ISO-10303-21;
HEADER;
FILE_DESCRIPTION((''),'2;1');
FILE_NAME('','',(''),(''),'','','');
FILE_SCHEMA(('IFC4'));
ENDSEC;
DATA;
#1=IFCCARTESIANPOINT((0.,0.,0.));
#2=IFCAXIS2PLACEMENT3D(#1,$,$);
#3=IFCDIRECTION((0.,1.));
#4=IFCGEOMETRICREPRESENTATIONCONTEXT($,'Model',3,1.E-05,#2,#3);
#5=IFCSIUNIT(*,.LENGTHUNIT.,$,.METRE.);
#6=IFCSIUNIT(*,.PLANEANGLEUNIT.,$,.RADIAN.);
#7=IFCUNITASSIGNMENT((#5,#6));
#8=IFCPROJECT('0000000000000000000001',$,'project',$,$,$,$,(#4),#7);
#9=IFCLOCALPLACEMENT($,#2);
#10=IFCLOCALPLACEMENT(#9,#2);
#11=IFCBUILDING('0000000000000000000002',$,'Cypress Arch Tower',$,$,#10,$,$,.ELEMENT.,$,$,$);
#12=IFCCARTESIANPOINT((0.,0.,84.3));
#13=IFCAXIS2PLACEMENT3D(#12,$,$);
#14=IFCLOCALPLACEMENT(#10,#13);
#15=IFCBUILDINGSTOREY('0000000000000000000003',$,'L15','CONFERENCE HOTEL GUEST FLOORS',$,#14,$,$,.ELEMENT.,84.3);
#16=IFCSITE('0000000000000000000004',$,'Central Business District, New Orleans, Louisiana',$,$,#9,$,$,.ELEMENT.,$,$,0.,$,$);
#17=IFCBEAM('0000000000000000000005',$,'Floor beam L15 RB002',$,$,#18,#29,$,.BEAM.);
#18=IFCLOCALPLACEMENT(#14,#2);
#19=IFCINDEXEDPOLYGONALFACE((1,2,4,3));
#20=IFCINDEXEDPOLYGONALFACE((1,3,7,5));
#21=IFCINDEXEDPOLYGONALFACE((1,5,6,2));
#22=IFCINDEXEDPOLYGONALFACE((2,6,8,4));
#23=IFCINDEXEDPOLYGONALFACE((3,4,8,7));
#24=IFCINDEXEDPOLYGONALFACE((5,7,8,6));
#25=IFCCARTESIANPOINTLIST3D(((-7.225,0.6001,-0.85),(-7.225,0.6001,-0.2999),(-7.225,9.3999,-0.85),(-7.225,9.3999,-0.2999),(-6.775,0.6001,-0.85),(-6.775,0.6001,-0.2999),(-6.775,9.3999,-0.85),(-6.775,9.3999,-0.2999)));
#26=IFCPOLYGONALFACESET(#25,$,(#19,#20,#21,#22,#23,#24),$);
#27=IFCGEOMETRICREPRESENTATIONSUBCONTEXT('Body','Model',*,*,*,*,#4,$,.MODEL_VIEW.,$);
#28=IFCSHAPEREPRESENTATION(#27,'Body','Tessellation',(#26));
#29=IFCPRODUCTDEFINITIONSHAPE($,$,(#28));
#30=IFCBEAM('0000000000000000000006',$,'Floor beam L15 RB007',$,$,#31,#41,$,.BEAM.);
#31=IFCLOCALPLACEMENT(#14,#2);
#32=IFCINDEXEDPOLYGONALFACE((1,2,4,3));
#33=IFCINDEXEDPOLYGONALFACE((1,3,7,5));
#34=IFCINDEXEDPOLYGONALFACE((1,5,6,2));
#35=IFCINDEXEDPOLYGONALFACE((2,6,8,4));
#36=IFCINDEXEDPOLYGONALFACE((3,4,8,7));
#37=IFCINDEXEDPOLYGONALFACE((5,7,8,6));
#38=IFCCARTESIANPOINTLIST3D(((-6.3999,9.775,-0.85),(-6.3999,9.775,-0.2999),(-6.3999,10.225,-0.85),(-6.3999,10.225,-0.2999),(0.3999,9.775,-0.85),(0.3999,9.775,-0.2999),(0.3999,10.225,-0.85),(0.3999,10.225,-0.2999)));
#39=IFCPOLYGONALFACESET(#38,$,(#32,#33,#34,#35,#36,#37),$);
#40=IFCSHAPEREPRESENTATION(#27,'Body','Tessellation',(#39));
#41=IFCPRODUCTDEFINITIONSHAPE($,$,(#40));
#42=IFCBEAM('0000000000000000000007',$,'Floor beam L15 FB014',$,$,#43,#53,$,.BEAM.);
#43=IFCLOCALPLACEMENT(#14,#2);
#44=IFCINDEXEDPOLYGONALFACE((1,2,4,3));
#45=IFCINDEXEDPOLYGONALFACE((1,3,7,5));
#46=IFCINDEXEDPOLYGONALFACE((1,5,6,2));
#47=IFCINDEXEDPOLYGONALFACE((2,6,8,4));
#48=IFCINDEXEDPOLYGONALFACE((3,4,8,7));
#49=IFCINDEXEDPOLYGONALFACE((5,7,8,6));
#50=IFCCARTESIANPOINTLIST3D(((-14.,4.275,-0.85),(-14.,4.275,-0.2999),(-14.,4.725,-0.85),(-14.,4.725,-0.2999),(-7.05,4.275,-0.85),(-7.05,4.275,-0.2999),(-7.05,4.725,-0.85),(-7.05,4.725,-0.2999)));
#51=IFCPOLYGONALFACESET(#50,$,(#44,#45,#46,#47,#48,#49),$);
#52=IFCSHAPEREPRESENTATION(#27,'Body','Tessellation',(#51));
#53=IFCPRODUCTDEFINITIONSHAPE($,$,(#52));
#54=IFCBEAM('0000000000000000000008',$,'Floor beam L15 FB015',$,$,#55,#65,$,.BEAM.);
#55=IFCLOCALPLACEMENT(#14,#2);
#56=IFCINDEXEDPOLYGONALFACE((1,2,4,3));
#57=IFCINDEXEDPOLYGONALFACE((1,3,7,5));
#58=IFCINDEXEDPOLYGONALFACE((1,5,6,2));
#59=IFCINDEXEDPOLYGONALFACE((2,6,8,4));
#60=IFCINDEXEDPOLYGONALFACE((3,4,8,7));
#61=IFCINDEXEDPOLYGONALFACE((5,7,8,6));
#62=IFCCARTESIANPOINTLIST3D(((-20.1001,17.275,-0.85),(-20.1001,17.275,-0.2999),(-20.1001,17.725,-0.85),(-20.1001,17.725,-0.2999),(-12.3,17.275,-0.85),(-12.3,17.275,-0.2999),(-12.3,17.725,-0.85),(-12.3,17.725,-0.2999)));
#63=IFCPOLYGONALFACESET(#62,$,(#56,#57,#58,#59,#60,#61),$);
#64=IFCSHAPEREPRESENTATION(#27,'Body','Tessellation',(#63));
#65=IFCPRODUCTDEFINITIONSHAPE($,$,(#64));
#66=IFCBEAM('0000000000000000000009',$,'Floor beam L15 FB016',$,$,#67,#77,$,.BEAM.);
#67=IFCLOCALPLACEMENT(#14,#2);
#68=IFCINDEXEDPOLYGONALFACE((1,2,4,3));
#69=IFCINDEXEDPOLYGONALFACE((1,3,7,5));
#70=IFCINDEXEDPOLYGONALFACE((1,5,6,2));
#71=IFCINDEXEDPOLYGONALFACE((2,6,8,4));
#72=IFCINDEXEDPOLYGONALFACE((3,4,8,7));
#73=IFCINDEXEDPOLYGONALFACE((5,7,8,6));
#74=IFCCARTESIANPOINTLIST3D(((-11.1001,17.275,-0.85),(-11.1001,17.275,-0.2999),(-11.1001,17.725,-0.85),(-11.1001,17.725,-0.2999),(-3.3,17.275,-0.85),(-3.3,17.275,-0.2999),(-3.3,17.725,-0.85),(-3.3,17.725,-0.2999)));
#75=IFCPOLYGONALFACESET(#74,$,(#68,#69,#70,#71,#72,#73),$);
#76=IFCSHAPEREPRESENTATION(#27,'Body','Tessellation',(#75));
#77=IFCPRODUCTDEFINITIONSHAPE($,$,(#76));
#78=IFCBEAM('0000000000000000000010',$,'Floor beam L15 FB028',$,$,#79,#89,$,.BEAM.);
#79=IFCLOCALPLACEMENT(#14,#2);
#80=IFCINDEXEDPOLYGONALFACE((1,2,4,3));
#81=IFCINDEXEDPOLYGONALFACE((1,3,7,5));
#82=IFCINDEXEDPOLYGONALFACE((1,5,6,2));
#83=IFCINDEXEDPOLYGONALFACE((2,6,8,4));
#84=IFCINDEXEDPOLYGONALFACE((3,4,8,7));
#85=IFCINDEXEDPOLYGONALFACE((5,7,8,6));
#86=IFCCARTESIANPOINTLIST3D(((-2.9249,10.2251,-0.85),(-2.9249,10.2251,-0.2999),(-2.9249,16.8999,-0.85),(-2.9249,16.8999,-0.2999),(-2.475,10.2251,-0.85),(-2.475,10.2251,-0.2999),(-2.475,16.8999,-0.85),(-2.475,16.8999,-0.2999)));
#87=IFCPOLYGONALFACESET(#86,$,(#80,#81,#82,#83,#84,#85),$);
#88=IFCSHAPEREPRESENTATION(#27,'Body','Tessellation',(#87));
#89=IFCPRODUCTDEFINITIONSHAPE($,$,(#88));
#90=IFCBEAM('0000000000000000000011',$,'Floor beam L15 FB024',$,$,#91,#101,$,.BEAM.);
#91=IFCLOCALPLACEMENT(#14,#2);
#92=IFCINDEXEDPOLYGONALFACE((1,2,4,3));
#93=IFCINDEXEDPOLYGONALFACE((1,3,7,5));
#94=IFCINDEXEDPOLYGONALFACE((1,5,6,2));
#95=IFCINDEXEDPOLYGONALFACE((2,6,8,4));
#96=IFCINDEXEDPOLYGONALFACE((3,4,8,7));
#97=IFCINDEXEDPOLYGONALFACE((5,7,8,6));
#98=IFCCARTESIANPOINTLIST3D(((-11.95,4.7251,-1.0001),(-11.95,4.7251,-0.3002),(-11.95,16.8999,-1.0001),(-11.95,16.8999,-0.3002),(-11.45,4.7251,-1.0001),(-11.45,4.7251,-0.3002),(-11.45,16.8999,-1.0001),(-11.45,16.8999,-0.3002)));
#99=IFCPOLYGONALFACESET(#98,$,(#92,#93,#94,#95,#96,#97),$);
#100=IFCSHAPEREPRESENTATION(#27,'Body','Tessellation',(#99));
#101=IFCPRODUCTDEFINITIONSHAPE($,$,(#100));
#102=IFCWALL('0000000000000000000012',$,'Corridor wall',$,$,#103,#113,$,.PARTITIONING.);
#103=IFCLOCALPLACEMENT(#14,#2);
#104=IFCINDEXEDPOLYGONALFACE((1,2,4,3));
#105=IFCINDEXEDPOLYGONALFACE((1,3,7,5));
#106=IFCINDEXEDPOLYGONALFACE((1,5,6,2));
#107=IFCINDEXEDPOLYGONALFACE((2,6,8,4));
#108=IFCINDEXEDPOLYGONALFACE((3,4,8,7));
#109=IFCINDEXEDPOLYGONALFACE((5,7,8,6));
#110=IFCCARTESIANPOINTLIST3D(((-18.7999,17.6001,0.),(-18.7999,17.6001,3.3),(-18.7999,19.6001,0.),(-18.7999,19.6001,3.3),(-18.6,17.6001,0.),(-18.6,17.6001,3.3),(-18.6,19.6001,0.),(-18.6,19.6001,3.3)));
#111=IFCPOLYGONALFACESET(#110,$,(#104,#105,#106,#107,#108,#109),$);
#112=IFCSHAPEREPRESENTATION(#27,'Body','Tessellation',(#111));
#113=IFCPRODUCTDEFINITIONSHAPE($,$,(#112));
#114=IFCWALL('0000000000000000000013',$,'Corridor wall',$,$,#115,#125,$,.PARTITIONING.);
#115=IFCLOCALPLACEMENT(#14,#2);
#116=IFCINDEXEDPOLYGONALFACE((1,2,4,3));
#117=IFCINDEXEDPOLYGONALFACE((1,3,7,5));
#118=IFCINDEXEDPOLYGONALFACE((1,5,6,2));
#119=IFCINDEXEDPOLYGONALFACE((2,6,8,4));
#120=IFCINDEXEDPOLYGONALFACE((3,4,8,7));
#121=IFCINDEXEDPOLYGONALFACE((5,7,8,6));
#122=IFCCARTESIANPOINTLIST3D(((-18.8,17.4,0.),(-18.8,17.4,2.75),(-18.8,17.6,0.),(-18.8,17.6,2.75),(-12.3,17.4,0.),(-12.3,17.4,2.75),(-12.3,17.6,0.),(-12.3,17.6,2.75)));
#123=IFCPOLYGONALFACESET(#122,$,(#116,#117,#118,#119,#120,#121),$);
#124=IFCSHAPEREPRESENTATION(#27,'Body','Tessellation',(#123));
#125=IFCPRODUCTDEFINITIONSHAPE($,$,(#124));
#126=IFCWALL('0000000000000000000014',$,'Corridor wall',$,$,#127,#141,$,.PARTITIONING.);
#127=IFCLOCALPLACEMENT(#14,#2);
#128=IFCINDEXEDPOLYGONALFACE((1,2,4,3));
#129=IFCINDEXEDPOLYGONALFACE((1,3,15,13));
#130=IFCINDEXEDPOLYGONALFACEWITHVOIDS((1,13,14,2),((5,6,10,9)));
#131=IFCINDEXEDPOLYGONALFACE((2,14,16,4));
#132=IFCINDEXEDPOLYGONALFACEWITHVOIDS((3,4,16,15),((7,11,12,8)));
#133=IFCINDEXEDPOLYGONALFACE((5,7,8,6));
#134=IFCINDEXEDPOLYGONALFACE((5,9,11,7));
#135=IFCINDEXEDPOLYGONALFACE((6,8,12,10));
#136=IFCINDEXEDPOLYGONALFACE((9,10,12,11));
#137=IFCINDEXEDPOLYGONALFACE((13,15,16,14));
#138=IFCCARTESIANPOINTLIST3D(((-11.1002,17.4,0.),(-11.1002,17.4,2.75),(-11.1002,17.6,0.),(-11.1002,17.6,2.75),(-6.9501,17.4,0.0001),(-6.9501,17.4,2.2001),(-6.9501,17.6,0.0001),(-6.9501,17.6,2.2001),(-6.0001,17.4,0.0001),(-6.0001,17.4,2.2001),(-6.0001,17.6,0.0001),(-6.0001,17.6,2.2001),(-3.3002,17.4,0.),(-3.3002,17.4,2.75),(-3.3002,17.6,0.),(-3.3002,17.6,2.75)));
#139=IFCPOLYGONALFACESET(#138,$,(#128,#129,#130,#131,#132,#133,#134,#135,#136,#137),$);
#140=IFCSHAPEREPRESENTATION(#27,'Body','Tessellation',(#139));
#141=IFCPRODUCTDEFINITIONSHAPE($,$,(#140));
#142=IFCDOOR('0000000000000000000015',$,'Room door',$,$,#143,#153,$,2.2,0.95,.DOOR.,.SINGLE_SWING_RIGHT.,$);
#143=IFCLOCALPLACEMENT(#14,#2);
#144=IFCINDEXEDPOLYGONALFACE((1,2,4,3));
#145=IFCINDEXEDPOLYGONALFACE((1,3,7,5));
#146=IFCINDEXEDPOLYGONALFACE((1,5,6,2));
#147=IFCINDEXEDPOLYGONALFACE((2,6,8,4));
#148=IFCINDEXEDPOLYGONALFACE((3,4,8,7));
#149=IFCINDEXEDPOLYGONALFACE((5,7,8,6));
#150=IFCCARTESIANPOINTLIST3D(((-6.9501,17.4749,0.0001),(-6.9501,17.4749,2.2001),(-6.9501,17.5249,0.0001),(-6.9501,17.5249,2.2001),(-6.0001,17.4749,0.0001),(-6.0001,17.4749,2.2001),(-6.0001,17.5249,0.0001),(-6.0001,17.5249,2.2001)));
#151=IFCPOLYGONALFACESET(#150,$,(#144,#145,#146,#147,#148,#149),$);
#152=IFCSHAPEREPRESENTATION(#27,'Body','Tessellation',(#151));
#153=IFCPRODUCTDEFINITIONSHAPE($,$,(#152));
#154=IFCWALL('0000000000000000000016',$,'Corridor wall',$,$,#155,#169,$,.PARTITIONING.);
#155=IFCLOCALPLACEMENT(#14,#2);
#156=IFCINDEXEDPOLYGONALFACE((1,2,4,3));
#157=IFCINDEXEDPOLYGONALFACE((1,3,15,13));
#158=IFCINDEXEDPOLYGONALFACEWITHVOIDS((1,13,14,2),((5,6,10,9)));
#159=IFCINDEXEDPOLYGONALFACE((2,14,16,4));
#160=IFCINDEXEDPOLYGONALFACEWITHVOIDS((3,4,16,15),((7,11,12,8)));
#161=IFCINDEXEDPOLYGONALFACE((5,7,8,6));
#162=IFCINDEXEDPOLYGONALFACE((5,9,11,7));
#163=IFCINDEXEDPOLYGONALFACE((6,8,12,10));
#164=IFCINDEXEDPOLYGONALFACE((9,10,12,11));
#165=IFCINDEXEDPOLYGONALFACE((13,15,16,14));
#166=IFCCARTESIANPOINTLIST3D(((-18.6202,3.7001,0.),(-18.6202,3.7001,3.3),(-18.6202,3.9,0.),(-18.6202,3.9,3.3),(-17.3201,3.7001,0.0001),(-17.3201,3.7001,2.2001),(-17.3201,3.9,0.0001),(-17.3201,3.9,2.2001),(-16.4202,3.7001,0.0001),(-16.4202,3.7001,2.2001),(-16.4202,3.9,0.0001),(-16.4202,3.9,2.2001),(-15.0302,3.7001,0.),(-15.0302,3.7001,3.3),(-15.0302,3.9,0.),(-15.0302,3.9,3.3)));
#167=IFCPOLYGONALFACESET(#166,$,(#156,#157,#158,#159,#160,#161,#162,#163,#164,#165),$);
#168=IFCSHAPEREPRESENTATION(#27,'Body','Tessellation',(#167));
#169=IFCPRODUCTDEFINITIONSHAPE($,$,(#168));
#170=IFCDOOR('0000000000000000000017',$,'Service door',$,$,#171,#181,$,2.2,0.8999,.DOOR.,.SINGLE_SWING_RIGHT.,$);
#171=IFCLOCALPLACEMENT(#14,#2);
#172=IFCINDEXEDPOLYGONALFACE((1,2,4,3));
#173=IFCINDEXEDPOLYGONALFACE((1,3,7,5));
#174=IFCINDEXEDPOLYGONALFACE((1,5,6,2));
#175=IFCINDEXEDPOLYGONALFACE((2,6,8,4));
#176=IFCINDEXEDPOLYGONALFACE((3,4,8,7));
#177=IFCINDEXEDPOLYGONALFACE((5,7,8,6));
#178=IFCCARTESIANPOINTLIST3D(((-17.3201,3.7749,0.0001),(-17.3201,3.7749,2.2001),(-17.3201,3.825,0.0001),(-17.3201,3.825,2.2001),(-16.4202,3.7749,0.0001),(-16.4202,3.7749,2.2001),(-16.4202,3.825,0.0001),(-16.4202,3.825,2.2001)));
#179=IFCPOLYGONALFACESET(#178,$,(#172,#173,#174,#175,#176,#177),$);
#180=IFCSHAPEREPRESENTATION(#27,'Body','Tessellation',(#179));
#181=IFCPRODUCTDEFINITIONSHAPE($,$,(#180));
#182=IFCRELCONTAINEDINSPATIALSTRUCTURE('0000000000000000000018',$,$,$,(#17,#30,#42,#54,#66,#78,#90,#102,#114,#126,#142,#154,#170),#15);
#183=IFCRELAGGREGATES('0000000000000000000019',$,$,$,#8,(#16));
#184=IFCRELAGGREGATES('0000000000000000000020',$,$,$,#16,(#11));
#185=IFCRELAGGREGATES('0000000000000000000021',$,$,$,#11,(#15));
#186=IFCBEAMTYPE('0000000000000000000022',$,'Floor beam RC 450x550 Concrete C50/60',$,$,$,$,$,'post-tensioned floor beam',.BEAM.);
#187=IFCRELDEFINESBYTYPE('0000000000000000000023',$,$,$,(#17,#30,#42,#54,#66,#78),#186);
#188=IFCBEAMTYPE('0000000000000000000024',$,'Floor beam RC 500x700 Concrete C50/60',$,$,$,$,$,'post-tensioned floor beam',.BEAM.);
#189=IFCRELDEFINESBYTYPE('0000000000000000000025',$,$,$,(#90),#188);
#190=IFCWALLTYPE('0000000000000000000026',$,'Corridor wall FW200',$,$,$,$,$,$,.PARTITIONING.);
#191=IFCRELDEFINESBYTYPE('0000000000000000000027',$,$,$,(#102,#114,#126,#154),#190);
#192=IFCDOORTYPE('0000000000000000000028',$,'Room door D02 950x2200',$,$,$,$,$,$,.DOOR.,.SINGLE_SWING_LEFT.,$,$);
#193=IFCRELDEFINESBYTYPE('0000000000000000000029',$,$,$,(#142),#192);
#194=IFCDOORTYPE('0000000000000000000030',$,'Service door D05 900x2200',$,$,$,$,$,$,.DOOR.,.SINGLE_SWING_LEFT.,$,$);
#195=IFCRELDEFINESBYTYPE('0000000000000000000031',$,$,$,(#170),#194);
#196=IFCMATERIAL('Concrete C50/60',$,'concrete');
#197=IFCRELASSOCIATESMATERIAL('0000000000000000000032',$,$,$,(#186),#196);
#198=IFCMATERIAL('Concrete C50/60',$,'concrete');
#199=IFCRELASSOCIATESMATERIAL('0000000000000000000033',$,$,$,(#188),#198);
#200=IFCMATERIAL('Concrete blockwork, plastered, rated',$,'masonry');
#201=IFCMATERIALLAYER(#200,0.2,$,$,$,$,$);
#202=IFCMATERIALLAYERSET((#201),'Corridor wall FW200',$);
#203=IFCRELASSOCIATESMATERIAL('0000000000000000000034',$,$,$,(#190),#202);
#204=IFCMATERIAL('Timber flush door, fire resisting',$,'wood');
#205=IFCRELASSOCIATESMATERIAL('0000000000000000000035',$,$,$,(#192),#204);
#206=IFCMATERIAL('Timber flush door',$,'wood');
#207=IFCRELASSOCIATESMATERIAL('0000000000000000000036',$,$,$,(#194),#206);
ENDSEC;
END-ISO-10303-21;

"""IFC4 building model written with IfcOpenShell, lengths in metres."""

from ifc_helpers import new_model, si_unit, direction, frame, frame_2d, origin, origin_2d, place, context, subcontext, project, spatial, rectangle, extrude, material, layer, layer_set, material_profile, profile_set, type_object, element, fill, save


model = new_model("IFC4")

# Units and contexts
model_context = context("Model", 3, precision=1e-05, world=origin(), true_north=direction((0.0, 1.0)))
body_context = subcontext(model_context, "Body", "Model", "MODEL_VIEW")
ifc_project = project(units=[si_unit("LENGTHUNIT", "METRE"), si_unit("PLANEANGLEUNIT", "RADIAN")], contexts=[model_context])

# Site, building, storey
site_placement = place(None, origin())
site = spatial("IfcSite", under=ifc_project, at=site_placement, Name="Central Business District, New Orleans, Louisiana", CompositionType="ELEMENT", RefElevation=0.0)
building_placement = place(site_placement, origin())
building = spatial("IfcBuilding", under=site, at=building_placement, Name="Cypress Arch Tower", CompositionType="ELEMENT")
storey_placement = place(building_placement, frame((0.0, 0.0, 84.3)))
storey = spatial("IfcBuildingStorey", under=building, at=storey_placement, Name="L15", Description="CONFERENCE HOTEL GUEST FLOORS", CompositionType="ELEMENT", Elevation=84.3)

# Beams
ifc_material_1 = material(Name="Concrete C50/60", Category="concrete")
ifc_material_profile_1 = material_profile(ifc_material_1, rectangle(XDim=0.45, YDim=0.55, at=origin_2d()), Name="RC 450x550")
ifc_profile_set_1 = profile_set([ifc_material_profile_1], Name="Concrete C50/60")
beam_type_1 = type_object("IfcBeamType", Name="Floor beam RC 450x550 Concrete C50/60", ElementType="post-tensioned floor beam", PredefinedType="BEAM", material=ifc_profile_set_1)
beam_1_placement = place(storey_placement, frame((-7.0, 0.6001, -0.575), z_axis=(0.0, 1.0, 0.0), x_axis=(-1.0, 0.0, 0.0)))
element("IfcBeam", 1, at=beam_1_placement, inside=storey, type_object=beam_type_1, Name="Floor beam L15 RB002", PredefinedType="BEAM", context=body_context, shape_type="SweptSolid", body=[
    extrude(rectangle(XDim=0.45, YDim=0.55, at=origin_2d()), origin(), (0.0, 0.0, 1.0), 8.7998),
])
beam_2_placement = place(storey_placement, frame((-6.3999, 10.0, -0.575), z_axis=(1.0, 0.0, 0.0), x_axis=(0.0, 1.0, 0.0)))
element("IfcBeam", 2, at=beam_2_placement, inside=storey, type_object=beam_type_1, Name="Floor beam L15 RB007", PredefinedType="BEAM", context=body_context, shape_type="SweptSolid", body=[
    extrude(rectangle(XDim=0.45, YDim=0.55, at=origin_2d()), origin(), (0.0, 0.0, 1.0), 6.7998),
])
beam_3_placement = place(storey_placement, frame((-14.0, 4.5, -0.575), z_axis=(1.0, 0.0, 0.0), x_axis=(0.0, 1.0, 0.0)))
element("IfcBeam", 3, at=beam_3_placement, inside=storey, type_object=beam_type_1, Name="Floor beam L15 FB014", PredefinedType="BEAM", context=body_context, shape_type="SweptSolid", body=[
    extrude(rectangle(XDim=0.45, YDim=0.55, at=origin_2d()), origin(), (0.0, 0.0, 1.0), 6.95),
])
for number, where, z_axis, x_axis, name in (
    (4, (-20.1001, 17.5, -0.575), (1.0, 0.0, 0.0), (0.0, 1.0, 0.0), "Floor beam L15 FB015"),
    (5, (-11.1001, 17.5, -0.575), (1.0, 0.0, 0.0), (0.0, 1.0, 0.0), "Floor beam L15 FB016"),
):
    element("IfcBeam", number, at=place(storey_placement, frame(where, z_axis=z_axis, x_axis=x_axis)), inside=storey, type_object=beam_type_1, Name=name, PredefinedType="BEAM", context=body_context, shape_type="SweptSolid", body=[
        extrude(rectangle(XDim=0.45, YDim=0.55, at=origin_2d()), origin(), (0.0, 0.0, 1.0), 7.8),
    ])
beam_4_placement = place(storey_placement, frame((-2.7, 10.2251, -0.575), z_axis=(0.0, 1.0, 0.0), x_axis=(-1.0, 0.0, 0.0)))
element("IfcBeam", 6, at=beam_4_placement, inside=storey, type_object=beam_type_1, Name="Floor beam L15 FB028", PredefinedType="BEAM", context=body_context, shape_type="SweptSolid", body=[
    extrude(rectangle(XDim=0.45, YDim=0.55, at=origin_2d()), origin(), (0.0, 0.0, 1.0), 6.6748),
])
ifc_material_2 = material(Name="Concrete C50/60", Category="concrete")
ifc_material_profile_2 = material_profile(ifc_material_2, rectangle(XDim=0.5, YDim=0.7, at=origin_2d()), Name="RC 500x700")
ifc_profile_set_2 = profile_set([ifc_material_profile_2], Name="Concrete C50/60")
beam_type_2 = type_object("IfcBeamType", Name="Floor beam RC 500x700 Concrete C50/60", ElementType="post-tensioned floor beam", PredefinedType="BEAM", material=ifc_profile_set_2)
beam_5_placement = place(storey_placement, frame((-11.7, 4.7251, -0.6501), z_axis=(0.0, 1.0, 0.0), x_axis=(-1.0, 0.0, 0.0)))
element("IfcBeam", 7, at=beam_5_placement, inside=storey, type_object=beam_type_2, Name="Floor beam L15 FB024", PredefinedType="BEAM", context=body_context, shape_type="SweptSolid", body=[
    extrude(rectangle(XDim=0.5, YDim=0.7, at=origin_2d()), origin(), (0.0, 0.0, 1.0), 12.1748),
])

# Walls
ifc_material_3 = material(Name="Concrete blockwork, plastered, rated", Category="masonry")
ifc_layer_1 = layer(ifc_material_3, 0.2)
ifc_layer_set_1 = layer_set([ifc_layer_1], Name="Corridor wall FW200")
wall_type_1 = type_object("IfcWallType", Name="Corridor wall FW200", PredefinedType="PARTITIONING", material=ifc_layer_set_1)
wall_1_placement = place(storey_placement, frame((-18.7, 17.6001, 0.0), z_axis=(0.0, 0.0, 1.0), x_axis=(0.0, 1.0, 0.0)))
element("IfcWall", 8, at=wall_1_placement, inside=storey, type_object=wall_type_1, Name="Corridor wall", PredefinedType="PARTITIONING", context=body_context, shape_type="SweptSolid", body=[
    extrude(rectangle(XDim=2.0, YDim=0.2, at=frame_2d((1.0, 0.0))), origin(), (0.0, 0.0, 1.0), 3.3),
])
wall_2_placement = place(storey_placement, frame((-18.8, 17.5, 0.0), z_axis=(0.0, 0.0, 1.0), x_axis=(1.0, 0.0, 0.0)))
element("IfcWall", 9, at=wall_2_placement, inside=storey, type_object=wall_type_1, Name="Corridor wall", PredefinedType="PARTITIONING", context=body_context, shape_type="SweptSolid", body=[
    extrude(rectangle(XDim=6.5, YDim=0.2, at=frame_2d((3.25, 0.0))), origin(), (0.0, 0.0, 1.0), 2.75),
])

# Walls, openings, doors
wall_3_placement = place(storey_placement, frame((-11.1001, 17.5, 0.0), z_axis=(0.0, 0.0, 1.0), x_axis=(1.0, 0.0, 0.0)))
wall_3 = element("IfcWall", 10, at=wall_3_placement, inside=storey, type_object=wall_type_1, Name="Corridor wall", PredefinedType="PARTITIONING", context=body_context, shape_type="SweptSolid", body=[
    extrude(rectangle(XDim=7.8, YDim=0.2, at=frame_2d((3.8999, 0.0))), origin(), (0.0, 0.0, 1.0), 2.75),
])
opening_1_placement = place(wall_3_placement, frame((4.1499, 0.0, 0.0)))
opening_1 = element("IfcOpeningElement", 11, at=opening_1_placement, cuts=wall_3, PredefinedType="OPENING", context=body_context, shape_type="SweptSolid", body=[
    extrude(rectangle(XDim=0.95, YDim=2.2, at=frame_2d((0.4751, 1.1001))), frame((0.0, 0.1099, 0.0), z_axis=(0.0, -1.0, 0.0), x_axis=(1.0, 0.0, 0.0)), (0.0, 0.0, 1.0), 0.22),
])
ifc_material_4 = material(Name="Timber flush door, fire resisting", Category="wood")
door_type_1 = type_object("IfcDoorType", Name="Room door D02 950x2200", OperationType="SINGLE_SWING_LEFT", PredefinedType="DOOR", material=ifc_material_4)
door_1_placement = place(opening_1_placement, origin())
door_1 = element("IfcDoor", 12, at=door_1_placement, inside=storey, type_object=door_type_1, Name="Room door", OperationType="SINGLE_SWING_RIGHT", OverallHeight=2.2, OverallWidth=0.95, PredefinedType="DOOR", context=body_context, shape_type="SweptSolid", body=[
    extrude(rectangle(XDim=0.95, YDim=2.2, at=frame_2d((0.4751, 1.1001))), frame((0.0, 0.0249, 0.0), z_axis=(0.0, -1.0, 0.0), x_axis=(1.0, 0.0, 0.0)), (0.0, 0.0, 1.0), 0.05),
])
fill(opening_1, door_1)
wall_4_placement = place(storey_placement, frame((-18.6201, 3.8, 0.0), z_axis=(0.0, 0.0, 1.0), x_axis=(1.0, 0.0, 0.0)))
wall_4 = element("IfcWall", 13, at=wall_4_placement, inside=storey, type_object=wall_type_1, Name="Corridor wall", PredefinedType="PARTITIONING", context=body_context, shape_type="SweptSolid", body=[
    extrude(rectangle(XDim=3.5901, YDim=0.2, at=frame_2d((1.7949, 0.0))), origin(), (0.0, 0.0, 1.0), 3.3),
])
opening_2_placement = place(wall_4_placement, frame((1.3, 0.0, 0.0)))
opening_2 = element("IfcOpeningElement", 14, at=opening_2_placement, cuts=wall_4, PredefinedType="OPENING", context=body_context, shape_type="SweptSolid", body=[
    extrude(rectangle(XDim=0.8999, YDim=2.2, at=frame_2d((0.45, 1.1001))), frame((0.0, 0.1099, 0.0), z_axis=(0.0, -1.0, 0.0), x_axis=(1.0, 0.0, 0.0)), (0.0, 0.0, 1.0), 0.22),
])
ifc_material_5 = material(Name="Timber flush door", Category="wood")
door_type_2 = type_object("IfcDoorType", Name="Service door D05 900x2200", OperationType="SINGLE_SWING_LEFT", PredefinedType="DOOR", material=ifc_material_5)
door_2_placement = place(opening_2_placement, origin())
door_2 = element("IfcDoor", 15, at=door_2_placement, inside=storey, type_object=door_type_2, Name="Service door", OperationType="SINGLE_SWING_RIGHT", OverallHeight=2.2, OverallWidth=0.8999, PredefinedType="DOOR", context=body_context, shape_type="SweptSolid", body=[
    extrude(rectangle(XDim=0.8999, YDim=2.2, at=frame_2d((0.45, 1.1001))), frame((0.0, 0.0249, 0.0), z_axis=(0.0, -1.0, 0.0), x_axis=(1.0, 0.0, 0.0)), (0.0, 0.0, 1.0), 0.05),
])
fill(opening_2, door_2)

save(model, "model.ifc")
